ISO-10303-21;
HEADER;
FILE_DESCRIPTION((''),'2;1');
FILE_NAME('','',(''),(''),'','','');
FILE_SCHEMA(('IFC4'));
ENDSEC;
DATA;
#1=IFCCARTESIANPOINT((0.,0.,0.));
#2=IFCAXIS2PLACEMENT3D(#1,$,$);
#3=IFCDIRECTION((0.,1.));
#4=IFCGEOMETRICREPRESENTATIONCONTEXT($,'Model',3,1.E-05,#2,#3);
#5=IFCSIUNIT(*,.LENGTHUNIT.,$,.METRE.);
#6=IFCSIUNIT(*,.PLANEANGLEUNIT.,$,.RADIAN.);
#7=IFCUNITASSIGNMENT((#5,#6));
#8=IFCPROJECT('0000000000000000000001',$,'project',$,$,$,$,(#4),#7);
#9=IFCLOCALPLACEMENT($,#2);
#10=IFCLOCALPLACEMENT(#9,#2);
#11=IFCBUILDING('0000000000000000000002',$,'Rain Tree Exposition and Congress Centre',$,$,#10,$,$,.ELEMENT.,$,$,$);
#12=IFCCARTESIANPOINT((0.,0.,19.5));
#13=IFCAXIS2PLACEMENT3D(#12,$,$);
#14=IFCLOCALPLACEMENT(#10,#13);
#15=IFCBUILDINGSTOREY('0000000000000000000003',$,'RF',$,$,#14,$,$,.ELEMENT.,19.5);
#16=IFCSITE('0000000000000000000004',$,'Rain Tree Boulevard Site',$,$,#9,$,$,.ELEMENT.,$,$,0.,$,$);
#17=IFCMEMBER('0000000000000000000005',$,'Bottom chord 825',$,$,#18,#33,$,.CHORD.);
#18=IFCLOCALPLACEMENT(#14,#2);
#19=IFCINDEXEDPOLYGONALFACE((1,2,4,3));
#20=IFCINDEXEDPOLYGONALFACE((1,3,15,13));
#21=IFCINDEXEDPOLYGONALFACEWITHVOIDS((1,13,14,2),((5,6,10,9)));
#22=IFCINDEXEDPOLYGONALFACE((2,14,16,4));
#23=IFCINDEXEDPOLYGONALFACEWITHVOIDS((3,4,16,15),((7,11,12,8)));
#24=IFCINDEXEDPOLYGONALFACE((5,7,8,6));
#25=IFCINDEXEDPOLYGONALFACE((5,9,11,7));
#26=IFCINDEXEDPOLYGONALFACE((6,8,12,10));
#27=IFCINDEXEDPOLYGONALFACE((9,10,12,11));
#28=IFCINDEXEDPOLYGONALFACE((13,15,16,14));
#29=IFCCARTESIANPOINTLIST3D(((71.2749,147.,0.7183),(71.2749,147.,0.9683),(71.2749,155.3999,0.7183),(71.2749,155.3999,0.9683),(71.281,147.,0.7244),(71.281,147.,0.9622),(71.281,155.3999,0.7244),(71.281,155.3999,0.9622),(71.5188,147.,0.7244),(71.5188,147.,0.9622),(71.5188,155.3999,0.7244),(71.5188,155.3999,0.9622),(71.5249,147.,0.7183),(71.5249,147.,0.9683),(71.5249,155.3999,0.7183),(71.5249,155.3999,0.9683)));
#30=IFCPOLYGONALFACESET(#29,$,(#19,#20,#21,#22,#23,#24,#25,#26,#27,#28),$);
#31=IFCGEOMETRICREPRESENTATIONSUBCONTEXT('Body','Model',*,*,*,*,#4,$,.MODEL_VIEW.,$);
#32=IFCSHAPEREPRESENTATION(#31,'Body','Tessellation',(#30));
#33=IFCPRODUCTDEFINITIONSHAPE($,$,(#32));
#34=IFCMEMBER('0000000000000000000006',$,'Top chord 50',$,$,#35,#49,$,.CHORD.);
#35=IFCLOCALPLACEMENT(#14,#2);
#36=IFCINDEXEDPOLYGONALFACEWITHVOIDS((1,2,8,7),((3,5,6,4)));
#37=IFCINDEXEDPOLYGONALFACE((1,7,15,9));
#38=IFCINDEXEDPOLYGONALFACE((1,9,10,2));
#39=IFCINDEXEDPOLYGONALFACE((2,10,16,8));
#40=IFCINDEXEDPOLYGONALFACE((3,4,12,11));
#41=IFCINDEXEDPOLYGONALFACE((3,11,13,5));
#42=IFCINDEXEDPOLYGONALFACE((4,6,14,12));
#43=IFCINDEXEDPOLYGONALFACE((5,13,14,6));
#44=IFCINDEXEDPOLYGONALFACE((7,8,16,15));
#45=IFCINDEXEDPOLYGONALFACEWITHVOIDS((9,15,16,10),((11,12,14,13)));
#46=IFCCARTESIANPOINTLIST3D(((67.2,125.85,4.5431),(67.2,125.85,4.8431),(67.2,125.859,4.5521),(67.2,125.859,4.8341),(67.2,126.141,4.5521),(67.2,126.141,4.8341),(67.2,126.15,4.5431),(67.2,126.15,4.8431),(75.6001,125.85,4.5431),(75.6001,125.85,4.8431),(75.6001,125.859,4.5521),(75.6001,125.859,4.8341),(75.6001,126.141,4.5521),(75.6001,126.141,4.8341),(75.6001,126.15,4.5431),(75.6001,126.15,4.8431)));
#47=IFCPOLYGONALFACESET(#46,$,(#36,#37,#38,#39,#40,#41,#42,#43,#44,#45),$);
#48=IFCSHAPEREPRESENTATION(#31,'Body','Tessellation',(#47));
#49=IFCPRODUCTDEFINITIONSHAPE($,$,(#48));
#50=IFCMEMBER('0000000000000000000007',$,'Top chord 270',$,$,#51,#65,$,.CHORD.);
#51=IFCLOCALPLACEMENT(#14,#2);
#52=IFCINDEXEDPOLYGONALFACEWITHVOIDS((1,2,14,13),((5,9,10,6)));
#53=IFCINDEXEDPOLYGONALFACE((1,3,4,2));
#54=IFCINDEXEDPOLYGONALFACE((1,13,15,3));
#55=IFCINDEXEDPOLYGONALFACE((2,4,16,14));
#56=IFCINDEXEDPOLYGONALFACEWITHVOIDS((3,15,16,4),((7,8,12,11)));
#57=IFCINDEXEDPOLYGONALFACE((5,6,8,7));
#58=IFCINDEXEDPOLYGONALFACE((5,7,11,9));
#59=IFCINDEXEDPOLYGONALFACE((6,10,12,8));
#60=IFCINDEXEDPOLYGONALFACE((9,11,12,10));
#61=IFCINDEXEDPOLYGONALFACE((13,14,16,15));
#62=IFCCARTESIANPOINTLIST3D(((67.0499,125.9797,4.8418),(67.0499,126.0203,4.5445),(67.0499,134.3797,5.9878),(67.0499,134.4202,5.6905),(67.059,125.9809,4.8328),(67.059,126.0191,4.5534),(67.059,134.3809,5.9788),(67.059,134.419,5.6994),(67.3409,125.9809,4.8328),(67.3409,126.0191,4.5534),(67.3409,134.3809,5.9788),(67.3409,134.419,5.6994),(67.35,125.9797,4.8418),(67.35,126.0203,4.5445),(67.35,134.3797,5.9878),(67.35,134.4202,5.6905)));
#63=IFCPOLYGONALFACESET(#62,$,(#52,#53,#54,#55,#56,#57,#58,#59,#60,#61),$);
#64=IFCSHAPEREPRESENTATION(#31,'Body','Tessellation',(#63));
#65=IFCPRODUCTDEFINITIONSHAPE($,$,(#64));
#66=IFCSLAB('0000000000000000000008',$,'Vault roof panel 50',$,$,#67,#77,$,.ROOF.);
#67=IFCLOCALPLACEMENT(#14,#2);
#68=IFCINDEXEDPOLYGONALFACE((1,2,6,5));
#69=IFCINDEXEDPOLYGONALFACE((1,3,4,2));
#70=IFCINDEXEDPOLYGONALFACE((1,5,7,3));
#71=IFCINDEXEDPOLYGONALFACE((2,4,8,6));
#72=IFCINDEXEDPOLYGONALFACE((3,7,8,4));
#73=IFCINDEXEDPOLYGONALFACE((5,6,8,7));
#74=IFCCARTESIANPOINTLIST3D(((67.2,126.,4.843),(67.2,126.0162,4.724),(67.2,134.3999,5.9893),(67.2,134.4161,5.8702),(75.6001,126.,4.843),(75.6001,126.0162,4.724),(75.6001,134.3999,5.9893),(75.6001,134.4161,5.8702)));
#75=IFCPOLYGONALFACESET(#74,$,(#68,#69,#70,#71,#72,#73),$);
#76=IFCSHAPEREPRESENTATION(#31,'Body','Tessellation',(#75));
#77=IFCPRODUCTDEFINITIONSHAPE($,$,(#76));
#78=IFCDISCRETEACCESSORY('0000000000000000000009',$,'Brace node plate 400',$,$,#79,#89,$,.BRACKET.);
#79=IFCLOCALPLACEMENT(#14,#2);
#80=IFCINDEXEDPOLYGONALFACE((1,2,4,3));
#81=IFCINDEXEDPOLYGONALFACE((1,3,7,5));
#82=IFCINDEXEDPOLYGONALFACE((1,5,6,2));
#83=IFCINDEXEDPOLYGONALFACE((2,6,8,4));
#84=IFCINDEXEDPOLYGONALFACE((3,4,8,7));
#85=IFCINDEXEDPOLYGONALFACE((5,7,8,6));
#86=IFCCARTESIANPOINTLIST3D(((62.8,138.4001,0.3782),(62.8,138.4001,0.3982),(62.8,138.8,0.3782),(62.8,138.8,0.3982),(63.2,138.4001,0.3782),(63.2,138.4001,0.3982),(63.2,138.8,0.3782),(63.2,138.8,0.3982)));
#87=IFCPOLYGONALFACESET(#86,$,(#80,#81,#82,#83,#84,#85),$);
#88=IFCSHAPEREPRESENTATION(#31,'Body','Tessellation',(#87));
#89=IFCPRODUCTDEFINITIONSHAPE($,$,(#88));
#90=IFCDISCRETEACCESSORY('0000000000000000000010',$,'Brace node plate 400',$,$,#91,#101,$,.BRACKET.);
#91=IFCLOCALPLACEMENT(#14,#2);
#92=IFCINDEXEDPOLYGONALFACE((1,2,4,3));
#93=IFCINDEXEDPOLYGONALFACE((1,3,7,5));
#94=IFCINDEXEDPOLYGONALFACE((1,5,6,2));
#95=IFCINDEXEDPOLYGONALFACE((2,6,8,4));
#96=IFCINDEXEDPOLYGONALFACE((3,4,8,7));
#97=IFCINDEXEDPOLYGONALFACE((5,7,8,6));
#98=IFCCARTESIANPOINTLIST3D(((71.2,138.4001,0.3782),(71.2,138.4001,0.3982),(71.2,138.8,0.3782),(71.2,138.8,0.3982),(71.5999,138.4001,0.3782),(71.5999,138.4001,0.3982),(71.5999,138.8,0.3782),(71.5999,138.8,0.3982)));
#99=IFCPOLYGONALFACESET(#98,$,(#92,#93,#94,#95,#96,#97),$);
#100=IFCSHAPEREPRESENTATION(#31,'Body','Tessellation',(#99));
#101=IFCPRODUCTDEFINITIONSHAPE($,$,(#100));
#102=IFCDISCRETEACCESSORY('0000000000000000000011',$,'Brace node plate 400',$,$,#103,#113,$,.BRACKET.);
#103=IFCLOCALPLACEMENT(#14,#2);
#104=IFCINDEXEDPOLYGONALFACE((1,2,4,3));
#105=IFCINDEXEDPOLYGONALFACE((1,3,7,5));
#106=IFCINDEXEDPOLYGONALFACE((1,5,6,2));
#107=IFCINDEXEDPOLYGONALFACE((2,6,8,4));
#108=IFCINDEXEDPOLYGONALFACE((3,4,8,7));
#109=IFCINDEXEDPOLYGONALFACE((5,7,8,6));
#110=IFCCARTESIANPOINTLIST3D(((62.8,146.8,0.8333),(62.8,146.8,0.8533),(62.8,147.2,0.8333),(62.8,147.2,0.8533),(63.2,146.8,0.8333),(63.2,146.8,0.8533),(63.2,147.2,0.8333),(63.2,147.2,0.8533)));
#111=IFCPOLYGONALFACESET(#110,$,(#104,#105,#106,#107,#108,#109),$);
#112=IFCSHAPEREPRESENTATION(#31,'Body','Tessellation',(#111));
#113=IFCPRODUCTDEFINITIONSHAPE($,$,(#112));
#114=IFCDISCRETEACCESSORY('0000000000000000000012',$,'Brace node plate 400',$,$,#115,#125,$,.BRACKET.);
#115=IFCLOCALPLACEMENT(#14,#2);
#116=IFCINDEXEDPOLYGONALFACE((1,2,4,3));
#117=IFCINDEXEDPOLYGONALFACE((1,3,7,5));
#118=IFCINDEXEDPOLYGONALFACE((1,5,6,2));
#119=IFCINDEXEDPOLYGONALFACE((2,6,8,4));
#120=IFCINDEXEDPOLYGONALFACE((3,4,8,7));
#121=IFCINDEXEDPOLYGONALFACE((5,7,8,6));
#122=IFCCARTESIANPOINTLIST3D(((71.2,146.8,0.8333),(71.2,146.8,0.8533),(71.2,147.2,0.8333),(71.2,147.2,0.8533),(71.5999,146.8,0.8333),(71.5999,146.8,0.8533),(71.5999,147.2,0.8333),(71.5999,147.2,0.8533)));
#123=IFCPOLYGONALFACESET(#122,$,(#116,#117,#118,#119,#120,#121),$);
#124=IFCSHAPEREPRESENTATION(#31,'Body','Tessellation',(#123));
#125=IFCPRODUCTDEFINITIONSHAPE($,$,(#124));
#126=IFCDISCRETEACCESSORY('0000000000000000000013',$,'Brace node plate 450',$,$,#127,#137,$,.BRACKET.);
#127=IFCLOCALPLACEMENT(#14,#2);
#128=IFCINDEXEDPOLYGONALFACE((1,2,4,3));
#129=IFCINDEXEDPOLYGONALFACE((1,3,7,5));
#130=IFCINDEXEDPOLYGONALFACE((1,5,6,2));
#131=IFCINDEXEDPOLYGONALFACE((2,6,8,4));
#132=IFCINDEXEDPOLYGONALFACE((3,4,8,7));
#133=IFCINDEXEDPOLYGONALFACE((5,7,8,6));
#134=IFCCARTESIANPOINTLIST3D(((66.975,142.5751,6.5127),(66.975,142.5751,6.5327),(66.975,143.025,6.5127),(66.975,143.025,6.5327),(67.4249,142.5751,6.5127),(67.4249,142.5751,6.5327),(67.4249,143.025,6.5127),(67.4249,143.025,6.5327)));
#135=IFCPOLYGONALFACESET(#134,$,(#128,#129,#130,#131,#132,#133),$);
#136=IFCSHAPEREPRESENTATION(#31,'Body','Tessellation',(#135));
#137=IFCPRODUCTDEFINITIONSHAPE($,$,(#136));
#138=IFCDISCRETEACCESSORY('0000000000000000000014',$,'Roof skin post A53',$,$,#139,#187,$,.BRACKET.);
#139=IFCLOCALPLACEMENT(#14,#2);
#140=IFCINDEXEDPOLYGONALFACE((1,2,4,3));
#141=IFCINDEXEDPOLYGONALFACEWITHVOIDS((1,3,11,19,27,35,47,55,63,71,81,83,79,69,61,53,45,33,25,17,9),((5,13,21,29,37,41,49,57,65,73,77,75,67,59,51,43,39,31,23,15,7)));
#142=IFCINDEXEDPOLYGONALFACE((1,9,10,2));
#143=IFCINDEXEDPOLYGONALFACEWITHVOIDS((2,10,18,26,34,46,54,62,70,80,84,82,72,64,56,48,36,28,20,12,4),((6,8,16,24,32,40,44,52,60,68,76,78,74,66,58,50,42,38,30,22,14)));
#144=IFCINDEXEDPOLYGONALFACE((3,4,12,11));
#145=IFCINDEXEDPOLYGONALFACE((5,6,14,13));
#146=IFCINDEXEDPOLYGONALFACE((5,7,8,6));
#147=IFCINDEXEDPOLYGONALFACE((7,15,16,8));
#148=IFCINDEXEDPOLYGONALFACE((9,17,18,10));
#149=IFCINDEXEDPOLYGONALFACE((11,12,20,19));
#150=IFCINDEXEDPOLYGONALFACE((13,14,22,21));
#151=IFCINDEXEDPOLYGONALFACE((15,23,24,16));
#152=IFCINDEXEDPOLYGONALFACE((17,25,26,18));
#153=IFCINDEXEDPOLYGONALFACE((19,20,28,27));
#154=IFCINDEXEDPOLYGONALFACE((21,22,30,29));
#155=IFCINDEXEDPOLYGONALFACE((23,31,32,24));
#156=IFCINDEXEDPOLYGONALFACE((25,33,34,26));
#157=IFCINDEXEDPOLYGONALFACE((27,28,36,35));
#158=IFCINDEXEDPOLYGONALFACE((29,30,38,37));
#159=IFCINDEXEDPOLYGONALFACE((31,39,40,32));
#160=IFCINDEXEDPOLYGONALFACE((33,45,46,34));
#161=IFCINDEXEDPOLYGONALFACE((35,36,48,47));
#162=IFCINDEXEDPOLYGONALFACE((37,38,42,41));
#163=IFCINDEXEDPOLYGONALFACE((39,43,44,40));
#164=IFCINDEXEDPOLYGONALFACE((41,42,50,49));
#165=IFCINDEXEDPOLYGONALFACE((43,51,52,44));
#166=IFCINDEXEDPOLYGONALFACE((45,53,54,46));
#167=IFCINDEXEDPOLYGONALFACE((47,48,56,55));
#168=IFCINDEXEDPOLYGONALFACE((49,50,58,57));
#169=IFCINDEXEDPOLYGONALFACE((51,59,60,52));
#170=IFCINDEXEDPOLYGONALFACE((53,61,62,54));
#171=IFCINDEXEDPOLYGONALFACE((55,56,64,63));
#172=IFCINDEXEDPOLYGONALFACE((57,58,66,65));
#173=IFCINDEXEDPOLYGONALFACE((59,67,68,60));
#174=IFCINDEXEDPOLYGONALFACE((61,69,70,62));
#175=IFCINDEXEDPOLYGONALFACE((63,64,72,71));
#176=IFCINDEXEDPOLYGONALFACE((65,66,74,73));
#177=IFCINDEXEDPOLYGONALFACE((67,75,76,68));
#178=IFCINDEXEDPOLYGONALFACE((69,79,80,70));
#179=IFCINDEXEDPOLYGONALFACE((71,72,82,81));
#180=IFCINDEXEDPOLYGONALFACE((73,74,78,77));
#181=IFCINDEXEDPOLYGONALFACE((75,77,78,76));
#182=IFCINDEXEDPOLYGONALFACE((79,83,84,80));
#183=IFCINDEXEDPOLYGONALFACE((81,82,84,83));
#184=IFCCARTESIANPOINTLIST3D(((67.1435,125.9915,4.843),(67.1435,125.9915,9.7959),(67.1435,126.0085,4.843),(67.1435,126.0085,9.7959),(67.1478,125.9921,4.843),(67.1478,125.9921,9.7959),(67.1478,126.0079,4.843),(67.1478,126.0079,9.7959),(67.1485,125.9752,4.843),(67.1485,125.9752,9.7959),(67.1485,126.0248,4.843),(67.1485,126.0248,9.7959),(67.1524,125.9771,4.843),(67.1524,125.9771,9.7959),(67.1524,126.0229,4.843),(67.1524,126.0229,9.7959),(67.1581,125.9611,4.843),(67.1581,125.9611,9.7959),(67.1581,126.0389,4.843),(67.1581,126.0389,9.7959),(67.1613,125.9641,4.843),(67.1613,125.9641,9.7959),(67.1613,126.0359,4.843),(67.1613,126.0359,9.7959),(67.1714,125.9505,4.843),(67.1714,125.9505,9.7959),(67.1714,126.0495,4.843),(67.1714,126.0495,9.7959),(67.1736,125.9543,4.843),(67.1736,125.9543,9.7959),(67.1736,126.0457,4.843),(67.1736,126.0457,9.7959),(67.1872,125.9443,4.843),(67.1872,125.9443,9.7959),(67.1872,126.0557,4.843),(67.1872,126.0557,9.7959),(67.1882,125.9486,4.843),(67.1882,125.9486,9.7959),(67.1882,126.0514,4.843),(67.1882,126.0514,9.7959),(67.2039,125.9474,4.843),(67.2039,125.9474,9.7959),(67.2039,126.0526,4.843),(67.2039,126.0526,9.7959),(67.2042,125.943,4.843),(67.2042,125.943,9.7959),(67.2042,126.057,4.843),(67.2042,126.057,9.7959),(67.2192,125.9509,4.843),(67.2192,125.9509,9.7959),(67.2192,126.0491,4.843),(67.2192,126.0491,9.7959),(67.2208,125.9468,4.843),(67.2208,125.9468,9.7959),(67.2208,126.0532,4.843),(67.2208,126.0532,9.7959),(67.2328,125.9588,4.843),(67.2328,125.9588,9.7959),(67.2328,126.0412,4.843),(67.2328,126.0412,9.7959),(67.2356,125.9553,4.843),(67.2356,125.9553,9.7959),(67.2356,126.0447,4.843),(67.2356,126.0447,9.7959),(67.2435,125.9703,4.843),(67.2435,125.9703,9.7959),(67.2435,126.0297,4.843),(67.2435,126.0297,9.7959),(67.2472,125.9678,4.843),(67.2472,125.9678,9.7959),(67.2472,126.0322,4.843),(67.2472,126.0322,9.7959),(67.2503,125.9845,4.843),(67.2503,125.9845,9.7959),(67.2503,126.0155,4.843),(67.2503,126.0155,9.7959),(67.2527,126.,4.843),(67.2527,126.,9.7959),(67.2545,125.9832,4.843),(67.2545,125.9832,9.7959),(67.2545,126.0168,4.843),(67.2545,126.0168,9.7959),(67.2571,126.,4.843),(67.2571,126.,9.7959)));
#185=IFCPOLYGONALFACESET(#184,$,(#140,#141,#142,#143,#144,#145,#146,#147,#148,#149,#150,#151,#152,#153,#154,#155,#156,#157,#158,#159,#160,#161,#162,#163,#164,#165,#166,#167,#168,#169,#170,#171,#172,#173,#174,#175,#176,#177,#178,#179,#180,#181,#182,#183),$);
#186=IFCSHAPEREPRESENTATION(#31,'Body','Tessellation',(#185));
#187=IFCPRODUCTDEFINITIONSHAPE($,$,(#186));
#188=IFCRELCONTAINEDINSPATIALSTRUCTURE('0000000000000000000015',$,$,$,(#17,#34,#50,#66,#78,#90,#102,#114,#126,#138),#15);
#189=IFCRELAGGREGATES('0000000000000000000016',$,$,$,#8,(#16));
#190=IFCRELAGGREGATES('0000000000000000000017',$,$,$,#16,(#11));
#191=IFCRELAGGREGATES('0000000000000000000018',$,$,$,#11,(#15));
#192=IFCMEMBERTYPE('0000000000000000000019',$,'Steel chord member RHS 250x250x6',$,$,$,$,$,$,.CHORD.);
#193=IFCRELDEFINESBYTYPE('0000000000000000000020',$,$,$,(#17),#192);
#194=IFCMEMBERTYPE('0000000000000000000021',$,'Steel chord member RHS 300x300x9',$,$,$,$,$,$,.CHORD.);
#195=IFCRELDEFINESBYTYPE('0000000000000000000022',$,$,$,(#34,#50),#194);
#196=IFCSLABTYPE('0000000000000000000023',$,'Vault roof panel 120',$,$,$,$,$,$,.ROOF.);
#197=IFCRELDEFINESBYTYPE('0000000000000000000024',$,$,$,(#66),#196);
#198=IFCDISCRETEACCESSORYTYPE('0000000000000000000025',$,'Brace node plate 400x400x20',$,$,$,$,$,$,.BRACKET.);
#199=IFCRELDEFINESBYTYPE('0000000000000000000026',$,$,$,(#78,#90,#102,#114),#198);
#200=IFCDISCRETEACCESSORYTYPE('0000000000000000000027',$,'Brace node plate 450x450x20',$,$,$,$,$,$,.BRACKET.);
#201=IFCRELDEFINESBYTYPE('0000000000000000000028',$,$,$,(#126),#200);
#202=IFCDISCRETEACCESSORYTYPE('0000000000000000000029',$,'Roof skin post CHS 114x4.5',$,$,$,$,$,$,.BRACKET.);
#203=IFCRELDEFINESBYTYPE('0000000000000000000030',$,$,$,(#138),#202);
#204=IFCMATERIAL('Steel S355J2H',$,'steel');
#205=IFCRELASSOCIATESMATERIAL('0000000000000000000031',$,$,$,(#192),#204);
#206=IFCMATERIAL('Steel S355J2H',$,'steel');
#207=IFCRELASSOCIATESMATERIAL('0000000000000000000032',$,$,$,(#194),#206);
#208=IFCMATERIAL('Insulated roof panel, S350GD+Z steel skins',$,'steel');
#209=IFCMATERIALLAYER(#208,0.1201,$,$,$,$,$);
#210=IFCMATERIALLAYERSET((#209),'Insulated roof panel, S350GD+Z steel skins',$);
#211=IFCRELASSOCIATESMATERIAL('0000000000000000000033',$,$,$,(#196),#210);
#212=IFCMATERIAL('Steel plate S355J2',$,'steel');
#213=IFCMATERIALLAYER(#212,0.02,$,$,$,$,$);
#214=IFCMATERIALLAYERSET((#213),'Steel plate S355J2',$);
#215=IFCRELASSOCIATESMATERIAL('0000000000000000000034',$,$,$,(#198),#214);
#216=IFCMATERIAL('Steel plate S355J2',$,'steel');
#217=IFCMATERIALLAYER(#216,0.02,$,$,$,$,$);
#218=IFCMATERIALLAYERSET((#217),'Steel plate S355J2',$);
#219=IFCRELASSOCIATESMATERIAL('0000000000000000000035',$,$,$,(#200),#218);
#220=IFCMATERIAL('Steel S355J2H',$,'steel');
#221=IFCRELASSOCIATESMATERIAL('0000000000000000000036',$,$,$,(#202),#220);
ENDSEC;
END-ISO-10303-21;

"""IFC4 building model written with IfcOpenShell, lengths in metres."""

from ifc_helpers import new_model, si_unit, direction, frame, origin, origin_2d, place, context, subcontext, project, spatial, polyline, rectangle, hollow_rectangle, hollow_circle, outline, extrude, material, layer, layer_set, material_profile, profile_set, type_object, element, save


model = new_model("IFC4")

# Units and contexts
model_context = context("Model", 3, precision=1e-05, world=origin(), true_north=direction((0.0, 1.0)))
body_context = subcontext(model_context, "Body", "Model", "MODEL_VIEW")
ifc_project = project(units=[si_unit("LENGTHUNIT", "METRE"), si_unit("PLANEANGLEUNIT", "RADIAN")], contexts=[model_context])

# Site, building, storey
site_placement = place(None, origin())
site = spatial("IfcSite", under=ifc_project, at=site_placement, Name="Rain Tree Boulevard Site", CompositionType="ELEMENT", RefElevation=0.0)
building_placement = place(site_placement, origin())
building = spatial("IfcBuilding", under=site, at=building_placement, Name="Rain Tree Exposition and Congress Centre", CompositionType="ELEMENT")
storey_placement = place(building_placement, frame((0.0, 0.0, 19.5)))
storey = spatial("IfcBuildingStorey", under=building, at=storey_placement, Name="RF", CompositionType="ELEMENT", Elevation=19.5)

# Members
ifc_material_1 = material(Name="Steel S355J2H", Category="steel")
ifc_material_profile_1 = material_profile(ifc_material_1, hollow_rectangle(XDim=0.25, YDim=0.25, WallThickness=0.0061, at=origin_2d()), Name="RHS 250x250x6")
ifc_profile_set_1 = profile_set([ifc_material_profile_1], Name="Steel S355J2H")
member_type_1 = type_object("IfcMemberType", Name="Steel chord member RHS 250x250x6", PredefinedType="CHORD", material=ifc_profile_set_1)
member_1_placement = place(storey_placement, frame((71.3999, 147.0, 0.8433), z_axis=(0.0, 1.0, 0.0), x_axis=(-1.0, 0.0, 0.0)))
element("IfcMember", 1, at=member_1_placement, inside=storey, type_object=member_type_1, Name="Bottom chord 825", PredefinedType="CHORD", context=body_context, shape_type="SweptSolid", body=[
    extrude(hollow_rectangle(XDim=0.25, YDim=0.25, WallThickness=0.0061, at=origin_2d()), origin(), (0.0, 0.0, 1.0), 8.3999),
])
ifc_material_2 = material(Name="Steel S355J2H", Category="steel")
ifc_material_profile_2 = material_profile(ifc_material_2, hollow_rectangle(XDim=0.3, YDim=0.3, WallThickness=0.009, at=origin_2d()), Name="RHS 300x300x9")
ifc_profile_set_2 = profile_set([ifc_material_profile_2], Name="Steel S355J2H")
member_type_2 = type_object("IfcMemberType", Name="Steel chord member RHS 300x300x9", PredefinedType="CHORD", material=ifc_profile_set_2)
member_2_placement = place(storey_placement, frame((67.2, 126.0, 4.6931), z_axis=(1.0, 0.0, 0.0), x_axis=(0.0, 1.0, 0.0)))
element("IfcMember", 2, at=member_2_placement, inside=storey, type_object=member_type_2, Name="Top chord 50", PredefinedType="CHORD", context=body_context, shape_type="SweptSolid", body=[
    extrude(hollow_rectangle(XDim=0.3, YDim=0.3, WallThickness=0.009, at=origin_2d()), origin(), (0.0, 0.0, 1.0), 8.4001),
])
member_3_placement = place(storey_placement, frame((67.2, 126.0, 4.6931), z_axis=(0.0, 0.990821, 0.135177), x_axis=(-1.0, 0.0, 0.0)))
element("IfcMember", 3, at=member_3_placement, inside=storey, type_object=member_type_2, Name="Top chord 270", PredefinedType="CHORD", context=body_context, shape_type="SweptSolid", body=[
    extrude(hollow_rectangle(XDim=0.3, YDim=0.3, WallThickness=0.009, at=origin_2d()), origin(), (0.0, 0.0, 1.0), 8.4778),
])

# Slab
ifc_material_3 = material(Name="Insulated roof panel, S350GD+Z steel skins", Category="steel")
ifc_layer_1 = layer(ifc_material_3, 0.1201)
ifc_layer_set_1 = layer_set([ifc_layer_1], Name="Insulated roof panel, S350GD+Z steel skins")
slab_type = type_object("IfcSlabType", Name="Vault roof panel 120", PredefinedType="ROOF", material=ifc_layer_set_1)
slab_placement = place(storey_placement, frame((67.2, 126.0, 4.843), z_axis=(0.0, -0.135206, 0.990818), x_axis=(1.0, 0.0, 0.0)))
element("IfcSlab", 4, at=slab_placement, inside=storey, type_object=slab_type, Name="Vault roof panel 50", PredefinedType="ROOF", context=body_context, shape_type="SweptSolid", body=[
    extrude(outline(polyline([(0.0, 0.0), (8.4001, 0.0), (8.4001, 8.4777), (0.0, 8.4777), (0.0, 0.0)])), origin(), (0.0, 0.0, -1.0), 0.1201),
])

# Discrete accessories
ifc_material_4 = material(Name="Steel plate S355J2", Category="steel")
ifc_layer_2 = layer(ifc_material_4, 0.02)
ifc_layer_set_2 = layer_set([ifc_layer_2], Name="Steel plate S355J2")
discrete_accessory_type_1 = type_object("IfcDiscreteAccessoryType", Name="Brace node plate 400x400x20", PredefinedType="BRACKET", material=ifc_layer_set_2)
for number, where, z_axis, x_axis, name in (
    (5, (63.0, 138.6001, 0.3782), (0.0, 0.0, 1.0), (1.0, 0.0, 0.0), "Brace node plate 400"),
    (6, (71.3999, 138.6001, 0.3782), (0.0, 0.0, 1.0), (1.0, 0.0, 0.0), "Brace node plate 400"),
    (7, (63.0, 147.0, 0.8333), (0.0, 0.0, 1.0), (1.0, 0.0, 0.0), "Brace node plate 400"),
    (8, (71.3999, 147.0, 0.8333), (0.0, 0.0, 1.0), (1.0, 0.0, 0.0), "Brace node plate 400"),
):
    element("IfcDiscreteAccessory", number, at=place(storey_placement, frame(where, z_axis=z_axis, x_axis=x_axis)), inside=storey, type_object=discrete_accessory_type_1, Name=name, PredefinedType="BRACKET", context=body_context, shape_type="SweptSolid", body=[
        extrude(rectangle(XDim=0.3999, YDim=0.3999, at=origin_2d()), origin(), (0.0, 0.0, 1.0), 0.02),
    ])
ifc_material_5 = material(Name="Steel plate S355J2", Category="steel")
ifc_layer_3 = layer(ifc_material_5, 0.02)
ifc_layer_set_3 = layer_set([ifc_layer_3], Name="Steel plate S355J2")
discrete_accessory_type_2 = type_object("IfcDiscreteAccessoryType", Name="Brace node plate 450x450x20", PredefinedType="BRACKET", material=ifc_layer_set_3)
discrete_accessory_1_placement = place(storey_placement, frame((67.2, 142.8, 6.5127), z_axis=(0.0, 0.0, 1.0), x_axis=(1.0, 0.0, 0.0)))
element("IfcDiscreteAccessory", 9, at=discrete_accessory_1_placement, inside=storey, type_object=discrete_accessory_type_2, Name="Brace node plate 450", PredefinedType="BRACKET", context=body_context, shape_type="SweptSolid", body=[
    extrude(rectangle(XDim=0.45, YDim=0.45, at=origin_2d()), origin(), (0.0, 0.0, 1.0), 0.02),
])
ifc_material_6 = material(Name="Steel S355J2H", Category="steel")
ifc_material_profile_3 = material_profile(ifc_material_6, hollow_circle(Radius=0.0571, WallThickness=0.0044, at=origin_2d()), Name="CHS 114x4.5")
ifc_profile_set_3 = profile_set([ifc_material_profile_3], Name="Steel S355J2H")
discrete_accessory_type_3 = type_object("IfcDiscreteAccessoryType", Name="Roof skin post CHS 114x4.5", PredefinedType="BRACKET", material=ifc_profile_set_3)
discrete_accessory_2_placement = place(storey_placement, frame((67.2, 126.0, 4.843), z_axis=(0.0, 0.0, 1.0), x_axis=(1.0, 0.0, 0.0)))
element("IfcDiscreteAccessory", 10, at=discrete_accessory_2_placement, inside=storey, type_object=discrete_accessory_type_3, Name="Roof skin post A53", PredefinedType="BRACKET", context=body_context, shape_type="SweptSolid", body=[
    extrude(hollow_circle(Radius=0.0571, WallThickness=0.0044, at=origin_2d()), origin(), (0.0, 0.0, 1.0), 4.9529),
])

save(model, "model.ifc")
